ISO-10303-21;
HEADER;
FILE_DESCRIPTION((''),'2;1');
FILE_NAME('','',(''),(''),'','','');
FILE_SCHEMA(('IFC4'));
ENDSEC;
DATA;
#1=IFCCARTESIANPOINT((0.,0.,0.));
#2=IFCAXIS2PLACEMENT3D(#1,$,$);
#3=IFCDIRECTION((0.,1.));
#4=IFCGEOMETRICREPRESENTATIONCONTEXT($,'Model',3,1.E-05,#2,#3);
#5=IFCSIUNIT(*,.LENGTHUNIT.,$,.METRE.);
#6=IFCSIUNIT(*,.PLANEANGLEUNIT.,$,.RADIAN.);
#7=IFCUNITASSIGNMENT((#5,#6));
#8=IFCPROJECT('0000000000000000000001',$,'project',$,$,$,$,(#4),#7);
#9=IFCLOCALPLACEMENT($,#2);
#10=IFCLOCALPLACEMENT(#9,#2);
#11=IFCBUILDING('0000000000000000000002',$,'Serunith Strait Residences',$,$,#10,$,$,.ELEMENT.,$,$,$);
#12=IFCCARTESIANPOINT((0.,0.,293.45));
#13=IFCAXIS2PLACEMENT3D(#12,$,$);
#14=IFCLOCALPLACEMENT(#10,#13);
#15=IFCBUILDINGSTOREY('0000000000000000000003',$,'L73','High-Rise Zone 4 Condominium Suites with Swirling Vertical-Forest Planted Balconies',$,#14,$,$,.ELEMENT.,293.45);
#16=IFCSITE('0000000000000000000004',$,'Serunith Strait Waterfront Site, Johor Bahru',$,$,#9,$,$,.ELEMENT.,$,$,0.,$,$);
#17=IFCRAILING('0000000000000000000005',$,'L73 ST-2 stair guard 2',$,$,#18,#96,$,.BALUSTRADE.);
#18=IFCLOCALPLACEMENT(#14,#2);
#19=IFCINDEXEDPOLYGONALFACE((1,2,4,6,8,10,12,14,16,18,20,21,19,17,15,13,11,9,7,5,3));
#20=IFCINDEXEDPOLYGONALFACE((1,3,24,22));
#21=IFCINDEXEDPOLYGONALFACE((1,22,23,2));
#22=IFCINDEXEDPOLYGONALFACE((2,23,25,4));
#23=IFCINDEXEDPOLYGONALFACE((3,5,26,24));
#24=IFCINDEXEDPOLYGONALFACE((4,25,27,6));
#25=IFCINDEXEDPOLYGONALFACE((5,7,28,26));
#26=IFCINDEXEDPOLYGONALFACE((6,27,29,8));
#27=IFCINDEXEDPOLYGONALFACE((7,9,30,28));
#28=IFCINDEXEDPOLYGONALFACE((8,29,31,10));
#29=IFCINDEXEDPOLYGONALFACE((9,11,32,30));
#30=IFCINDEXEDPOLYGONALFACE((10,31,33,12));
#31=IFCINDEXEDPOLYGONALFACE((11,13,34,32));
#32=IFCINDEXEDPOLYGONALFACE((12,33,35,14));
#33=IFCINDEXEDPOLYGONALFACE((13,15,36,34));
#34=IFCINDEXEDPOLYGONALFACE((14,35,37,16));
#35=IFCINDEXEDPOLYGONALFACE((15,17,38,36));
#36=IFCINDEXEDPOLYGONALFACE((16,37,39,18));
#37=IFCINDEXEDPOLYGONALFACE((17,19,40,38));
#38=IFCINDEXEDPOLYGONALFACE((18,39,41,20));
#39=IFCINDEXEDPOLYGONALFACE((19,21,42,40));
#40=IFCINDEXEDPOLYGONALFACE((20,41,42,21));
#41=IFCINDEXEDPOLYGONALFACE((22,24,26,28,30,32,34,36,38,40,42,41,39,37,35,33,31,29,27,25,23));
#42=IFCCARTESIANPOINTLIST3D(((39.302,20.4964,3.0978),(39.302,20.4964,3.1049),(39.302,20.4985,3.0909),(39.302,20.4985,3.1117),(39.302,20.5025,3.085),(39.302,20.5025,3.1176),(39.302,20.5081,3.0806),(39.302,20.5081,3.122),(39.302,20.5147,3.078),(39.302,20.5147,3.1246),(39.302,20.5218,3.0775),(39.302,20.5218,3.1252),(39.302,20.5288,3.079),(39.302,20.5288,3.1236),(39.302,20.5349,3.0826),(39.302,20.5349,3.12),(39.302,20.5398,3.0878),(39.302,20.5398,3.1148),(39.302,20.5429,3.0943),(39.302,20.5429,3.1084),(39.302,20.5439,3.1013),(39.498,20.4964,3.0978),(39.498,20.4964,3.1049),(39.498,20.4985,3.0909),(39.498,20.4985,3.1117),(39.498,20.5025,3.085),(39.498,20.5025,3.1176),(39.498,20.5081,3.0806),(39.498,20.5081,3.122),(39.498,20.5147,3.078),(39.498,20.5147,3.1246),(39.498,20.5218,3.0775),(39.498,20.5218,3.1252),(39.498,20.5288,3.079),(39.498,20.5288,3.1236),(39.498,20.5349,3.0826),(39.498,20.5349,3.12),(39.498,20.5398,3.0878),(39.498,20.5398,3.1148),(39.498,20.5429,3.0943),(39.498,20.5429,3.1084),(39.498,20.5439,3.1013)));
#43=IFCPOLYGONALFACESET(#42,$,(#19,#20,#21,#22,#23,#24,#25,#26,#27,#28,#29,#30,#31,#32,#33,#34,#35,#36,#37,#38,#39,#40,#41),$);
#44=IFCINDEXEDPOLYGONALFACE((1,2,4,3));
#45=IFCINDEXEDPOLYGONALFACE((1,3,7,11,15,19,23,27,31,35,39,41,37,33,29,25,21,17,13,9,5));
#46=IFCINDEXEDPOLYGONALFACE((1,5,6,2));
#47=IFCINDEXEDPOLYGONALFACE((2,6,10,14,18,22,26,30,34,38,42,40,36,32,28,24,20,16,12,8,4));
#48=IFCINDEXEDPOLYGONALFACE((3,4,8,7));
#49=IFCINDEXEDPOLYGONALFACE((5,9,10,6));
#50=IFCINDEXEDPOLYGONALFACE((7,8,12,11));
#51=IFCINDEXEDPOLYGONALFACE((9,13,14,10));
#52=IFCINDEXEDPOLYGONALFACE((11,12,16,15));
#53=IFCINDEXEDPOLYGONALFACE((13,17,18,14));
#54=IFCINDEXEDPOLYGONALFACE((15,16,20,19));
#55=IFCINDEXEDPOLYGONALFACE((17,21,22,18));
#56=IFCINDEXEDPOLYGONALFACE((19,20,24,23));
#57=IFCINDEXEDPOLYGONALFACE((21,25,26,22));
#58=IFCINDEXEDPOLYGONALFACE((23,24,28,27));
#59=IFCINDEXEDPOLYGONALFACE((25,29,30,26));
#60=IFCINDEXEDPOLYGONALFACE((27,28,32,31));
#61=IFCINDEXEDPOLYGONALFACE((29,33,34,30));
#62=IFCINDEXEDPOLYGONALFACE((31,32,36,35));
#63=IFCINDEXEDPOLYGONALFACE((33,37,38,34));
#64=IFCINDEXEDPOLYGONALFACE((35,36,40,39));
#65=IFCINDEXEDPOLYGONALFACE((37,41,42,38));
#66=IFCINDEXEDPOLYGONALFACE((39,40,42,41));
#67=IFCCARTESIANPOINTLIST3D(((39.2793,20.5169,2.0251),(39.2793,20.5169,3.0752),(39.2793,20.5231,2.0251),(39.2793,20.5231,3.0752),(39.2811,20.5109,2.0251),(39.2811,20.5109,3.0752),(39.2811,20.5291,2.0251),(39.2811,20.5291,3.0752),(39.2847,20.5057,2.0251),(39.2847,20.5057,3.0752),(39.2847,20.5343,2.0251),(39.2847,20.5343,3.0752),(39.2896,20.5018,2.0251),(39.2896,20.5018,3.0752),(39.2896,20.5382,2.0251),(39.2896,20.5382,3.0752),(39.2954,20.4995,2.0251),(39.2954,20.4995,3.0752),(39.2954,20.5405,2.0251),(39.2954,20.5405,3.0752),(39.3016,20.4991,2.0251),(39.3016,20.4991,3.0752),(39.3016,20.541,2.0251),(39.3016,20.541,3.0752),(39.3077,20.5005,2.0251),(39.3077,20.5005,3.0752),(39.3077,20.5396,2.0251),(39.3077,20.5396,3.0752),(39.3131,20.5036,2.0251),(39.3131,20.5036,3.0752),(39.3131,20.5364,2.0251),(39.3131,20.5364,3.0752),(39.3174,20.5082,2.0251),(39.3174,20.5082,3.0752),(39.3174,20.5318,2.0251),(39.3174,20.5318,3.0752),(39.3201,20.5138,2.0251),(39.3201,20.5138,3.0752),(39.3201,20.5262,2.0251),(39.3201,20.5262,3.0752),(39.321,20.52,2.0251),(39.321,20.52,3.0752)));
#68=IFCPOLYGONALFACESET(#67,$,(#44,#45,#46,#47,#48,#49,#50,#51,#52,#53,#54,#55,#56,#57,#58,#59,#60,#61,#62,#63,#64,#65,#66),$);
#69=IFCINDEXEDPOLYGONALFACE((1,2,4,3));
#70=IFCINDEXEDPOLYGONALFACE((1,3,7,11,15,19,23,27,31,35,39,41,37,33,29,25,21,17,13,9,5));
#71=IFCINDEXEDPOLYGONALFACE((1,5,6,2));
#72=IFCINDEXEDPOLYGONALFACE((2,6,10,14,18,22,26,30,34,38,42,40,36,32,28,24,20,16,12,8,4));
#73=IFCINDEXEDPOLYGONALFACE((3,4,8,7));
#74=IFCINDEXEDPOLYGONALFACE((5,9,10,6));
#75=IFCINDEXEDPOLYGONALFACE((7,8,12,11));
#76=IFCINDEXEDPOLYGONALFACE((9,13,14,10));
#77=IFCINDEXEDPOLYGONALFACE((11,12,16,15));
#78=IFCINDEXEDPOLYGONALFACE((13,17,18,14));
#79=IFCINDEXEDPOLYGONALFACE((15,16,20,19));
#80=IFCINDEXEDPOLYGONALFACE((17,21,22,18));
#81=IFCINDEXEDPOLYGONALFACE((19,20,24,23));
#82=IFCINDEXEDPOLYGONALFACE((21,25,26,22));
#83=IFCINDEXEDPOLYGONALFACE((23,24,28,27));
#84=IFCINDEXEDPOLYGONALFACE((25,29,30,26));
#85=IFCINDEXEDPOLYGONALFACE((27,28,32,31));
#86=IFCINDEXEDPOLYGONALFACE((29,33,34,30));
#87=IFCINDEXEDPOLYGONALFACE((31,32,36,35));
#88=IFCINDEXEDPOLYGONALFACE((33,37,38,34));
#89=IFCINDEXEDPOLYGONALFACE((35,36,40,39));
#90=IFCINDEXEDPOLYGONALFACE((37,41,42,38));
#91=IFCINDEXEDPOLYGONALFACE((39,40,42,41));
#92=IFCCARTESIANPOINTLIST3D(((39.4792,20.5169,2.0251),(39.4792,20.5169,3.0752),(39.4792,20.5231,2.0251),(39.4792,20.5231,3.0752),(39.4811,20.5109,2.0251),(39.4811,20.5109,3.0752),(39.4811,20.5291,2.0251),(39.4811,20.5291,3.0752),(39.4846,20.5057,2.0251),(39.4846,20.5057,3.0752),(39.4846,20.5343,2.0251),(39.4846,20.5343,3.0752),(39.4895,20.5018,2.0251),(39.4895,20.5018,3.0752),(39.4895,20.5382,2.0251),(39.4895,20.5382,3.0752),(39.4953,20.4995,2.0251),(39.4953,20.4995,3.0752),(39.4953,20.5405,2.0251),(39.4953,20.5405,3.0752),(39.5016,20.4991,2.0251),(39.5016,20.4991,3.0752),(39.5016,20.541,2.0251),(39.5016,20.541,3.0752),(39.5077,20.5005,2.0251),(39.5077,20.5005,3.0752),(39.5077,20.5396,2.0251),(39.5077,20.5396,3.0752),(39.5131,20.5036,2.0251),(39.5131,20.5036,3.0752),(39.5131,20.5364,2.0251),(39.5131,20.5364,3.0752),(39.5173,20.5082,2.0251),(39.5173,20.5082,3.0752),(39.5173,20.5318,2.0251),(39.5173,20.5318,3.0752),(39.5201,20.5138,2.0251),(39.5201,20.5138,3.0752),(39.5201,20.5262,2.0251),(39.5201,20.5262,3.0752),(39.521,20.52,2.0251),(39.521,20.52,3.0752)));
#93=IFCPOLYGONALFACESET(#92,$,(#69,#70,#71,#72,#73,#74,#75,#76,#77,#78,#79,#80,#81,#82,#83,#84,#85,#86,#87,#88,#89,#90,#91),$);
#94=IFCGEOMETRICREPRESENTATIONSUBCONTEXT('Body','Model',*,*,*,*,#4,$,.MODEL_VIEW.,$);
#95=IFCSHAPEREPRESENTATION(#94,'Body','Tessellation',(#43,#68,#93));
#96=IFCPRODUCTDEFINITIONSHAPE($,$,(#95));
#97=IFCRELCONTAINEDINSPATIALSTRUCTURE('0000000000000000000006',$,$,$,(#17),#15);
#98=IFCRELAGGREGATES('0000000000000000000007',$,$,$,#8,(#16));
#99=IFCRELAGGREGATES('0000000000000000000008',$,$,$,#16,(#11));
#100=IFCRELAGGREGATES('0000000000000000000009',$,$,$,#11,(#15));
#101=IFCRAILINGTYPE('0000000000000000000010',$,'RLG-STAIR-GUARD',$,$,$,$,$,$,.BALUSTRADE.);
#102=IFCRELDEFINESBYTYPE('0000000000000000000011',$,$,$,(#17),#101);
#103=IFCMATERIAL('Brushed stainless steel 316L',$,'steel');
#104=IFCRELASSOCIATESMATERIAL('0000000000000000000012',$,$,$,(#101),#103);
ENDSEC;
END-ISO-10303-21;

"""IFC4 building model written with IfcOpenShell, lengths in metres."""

from ifc_helpers import new_model, si_unit, direction, frame, origin, origin_2d, place, context, subcontext, project, spatial, circle, extrude, material, type_object, element, save


model = new_model("IFC4")

# Units and contexts
model_context = context("Model", 3, precision=1e-05, world=origin(), true_north=direction((0.0, 1.0)))
body_context = subcontext(model_context, "Body", "Model", "MODEL_VIEW")
ifc_project = project(units=[si_unit("LENGTHUNIT", "METRE"), si_unit("PLANEANGLEUNIT", "RADIAN")], contexts=[model_context])

# Site, building, storey
site_placement = place(None, origin())
site = spatial("IfcSite", under=ifc_project, at=site_placement, Name="Serunith Strait Waterfront Site, Johor Bahru", CompositionType="ELEMENT", RefElevation=0.0)
building_placement = place(site_placement, origin())
building = spatial("IfcBuilding", under=site, at=building_placement, Name="Serunith Strait Residences", CompositionType="ELEMENT")
storey_placement = place(building_placement, frame((0.0, 0.0, 293.45)))
storey = spatial("IfcBuildingStorey", under=building, at=storey_placement, Name="L73", Description="High-Rise Zone 4 Condominium Suites with Swirling Vertical-Forest Planted Balconies", CompositionType="ELEMENT", Elevation=293.45)

# Railing
ifc_material_1 = material(Name="Brushed stainless steel 316L", Category="steel")
railing_type_1 = type_object("IfcRailingType", Name="RLG-STAIR-GUARD", PredefinedType="BALUSTRADE", material=ifc_material_1)
railing_1_placement = place(storey_placement, frame((39.3, 20.52, 2.0251)))
element("IfcRailing", 1, at=railing_1_placement, inside=storey, type_object=railing_type_1, Name="L73 ST-2 stair guard 2", PredefinedType="BALUSTRADE", context=body_context, shape_type="SweptSolid", body=[
    extrude(circle(Radius=0.0239, at=origin_2d()), frame((0.002, 0.0, 1.0762), z_axis=(1.0, 0.0, 0.0), x_axis=(0.0, 1.0, 0.0)), (0.0, 0.0, 1.0), 0.196),
    extrude(circle(Radius=0.021, at=origin_2d()), origin(), (0.0, 0.0, 1.0), 1.05),
    extrude(circle(Radius=0.021, at=origin_2d()), frame((0.2, 0.0, 0.0)), (0.0, 0.0, 1.0), 1.05),
])

save(model, "model.ifc")
